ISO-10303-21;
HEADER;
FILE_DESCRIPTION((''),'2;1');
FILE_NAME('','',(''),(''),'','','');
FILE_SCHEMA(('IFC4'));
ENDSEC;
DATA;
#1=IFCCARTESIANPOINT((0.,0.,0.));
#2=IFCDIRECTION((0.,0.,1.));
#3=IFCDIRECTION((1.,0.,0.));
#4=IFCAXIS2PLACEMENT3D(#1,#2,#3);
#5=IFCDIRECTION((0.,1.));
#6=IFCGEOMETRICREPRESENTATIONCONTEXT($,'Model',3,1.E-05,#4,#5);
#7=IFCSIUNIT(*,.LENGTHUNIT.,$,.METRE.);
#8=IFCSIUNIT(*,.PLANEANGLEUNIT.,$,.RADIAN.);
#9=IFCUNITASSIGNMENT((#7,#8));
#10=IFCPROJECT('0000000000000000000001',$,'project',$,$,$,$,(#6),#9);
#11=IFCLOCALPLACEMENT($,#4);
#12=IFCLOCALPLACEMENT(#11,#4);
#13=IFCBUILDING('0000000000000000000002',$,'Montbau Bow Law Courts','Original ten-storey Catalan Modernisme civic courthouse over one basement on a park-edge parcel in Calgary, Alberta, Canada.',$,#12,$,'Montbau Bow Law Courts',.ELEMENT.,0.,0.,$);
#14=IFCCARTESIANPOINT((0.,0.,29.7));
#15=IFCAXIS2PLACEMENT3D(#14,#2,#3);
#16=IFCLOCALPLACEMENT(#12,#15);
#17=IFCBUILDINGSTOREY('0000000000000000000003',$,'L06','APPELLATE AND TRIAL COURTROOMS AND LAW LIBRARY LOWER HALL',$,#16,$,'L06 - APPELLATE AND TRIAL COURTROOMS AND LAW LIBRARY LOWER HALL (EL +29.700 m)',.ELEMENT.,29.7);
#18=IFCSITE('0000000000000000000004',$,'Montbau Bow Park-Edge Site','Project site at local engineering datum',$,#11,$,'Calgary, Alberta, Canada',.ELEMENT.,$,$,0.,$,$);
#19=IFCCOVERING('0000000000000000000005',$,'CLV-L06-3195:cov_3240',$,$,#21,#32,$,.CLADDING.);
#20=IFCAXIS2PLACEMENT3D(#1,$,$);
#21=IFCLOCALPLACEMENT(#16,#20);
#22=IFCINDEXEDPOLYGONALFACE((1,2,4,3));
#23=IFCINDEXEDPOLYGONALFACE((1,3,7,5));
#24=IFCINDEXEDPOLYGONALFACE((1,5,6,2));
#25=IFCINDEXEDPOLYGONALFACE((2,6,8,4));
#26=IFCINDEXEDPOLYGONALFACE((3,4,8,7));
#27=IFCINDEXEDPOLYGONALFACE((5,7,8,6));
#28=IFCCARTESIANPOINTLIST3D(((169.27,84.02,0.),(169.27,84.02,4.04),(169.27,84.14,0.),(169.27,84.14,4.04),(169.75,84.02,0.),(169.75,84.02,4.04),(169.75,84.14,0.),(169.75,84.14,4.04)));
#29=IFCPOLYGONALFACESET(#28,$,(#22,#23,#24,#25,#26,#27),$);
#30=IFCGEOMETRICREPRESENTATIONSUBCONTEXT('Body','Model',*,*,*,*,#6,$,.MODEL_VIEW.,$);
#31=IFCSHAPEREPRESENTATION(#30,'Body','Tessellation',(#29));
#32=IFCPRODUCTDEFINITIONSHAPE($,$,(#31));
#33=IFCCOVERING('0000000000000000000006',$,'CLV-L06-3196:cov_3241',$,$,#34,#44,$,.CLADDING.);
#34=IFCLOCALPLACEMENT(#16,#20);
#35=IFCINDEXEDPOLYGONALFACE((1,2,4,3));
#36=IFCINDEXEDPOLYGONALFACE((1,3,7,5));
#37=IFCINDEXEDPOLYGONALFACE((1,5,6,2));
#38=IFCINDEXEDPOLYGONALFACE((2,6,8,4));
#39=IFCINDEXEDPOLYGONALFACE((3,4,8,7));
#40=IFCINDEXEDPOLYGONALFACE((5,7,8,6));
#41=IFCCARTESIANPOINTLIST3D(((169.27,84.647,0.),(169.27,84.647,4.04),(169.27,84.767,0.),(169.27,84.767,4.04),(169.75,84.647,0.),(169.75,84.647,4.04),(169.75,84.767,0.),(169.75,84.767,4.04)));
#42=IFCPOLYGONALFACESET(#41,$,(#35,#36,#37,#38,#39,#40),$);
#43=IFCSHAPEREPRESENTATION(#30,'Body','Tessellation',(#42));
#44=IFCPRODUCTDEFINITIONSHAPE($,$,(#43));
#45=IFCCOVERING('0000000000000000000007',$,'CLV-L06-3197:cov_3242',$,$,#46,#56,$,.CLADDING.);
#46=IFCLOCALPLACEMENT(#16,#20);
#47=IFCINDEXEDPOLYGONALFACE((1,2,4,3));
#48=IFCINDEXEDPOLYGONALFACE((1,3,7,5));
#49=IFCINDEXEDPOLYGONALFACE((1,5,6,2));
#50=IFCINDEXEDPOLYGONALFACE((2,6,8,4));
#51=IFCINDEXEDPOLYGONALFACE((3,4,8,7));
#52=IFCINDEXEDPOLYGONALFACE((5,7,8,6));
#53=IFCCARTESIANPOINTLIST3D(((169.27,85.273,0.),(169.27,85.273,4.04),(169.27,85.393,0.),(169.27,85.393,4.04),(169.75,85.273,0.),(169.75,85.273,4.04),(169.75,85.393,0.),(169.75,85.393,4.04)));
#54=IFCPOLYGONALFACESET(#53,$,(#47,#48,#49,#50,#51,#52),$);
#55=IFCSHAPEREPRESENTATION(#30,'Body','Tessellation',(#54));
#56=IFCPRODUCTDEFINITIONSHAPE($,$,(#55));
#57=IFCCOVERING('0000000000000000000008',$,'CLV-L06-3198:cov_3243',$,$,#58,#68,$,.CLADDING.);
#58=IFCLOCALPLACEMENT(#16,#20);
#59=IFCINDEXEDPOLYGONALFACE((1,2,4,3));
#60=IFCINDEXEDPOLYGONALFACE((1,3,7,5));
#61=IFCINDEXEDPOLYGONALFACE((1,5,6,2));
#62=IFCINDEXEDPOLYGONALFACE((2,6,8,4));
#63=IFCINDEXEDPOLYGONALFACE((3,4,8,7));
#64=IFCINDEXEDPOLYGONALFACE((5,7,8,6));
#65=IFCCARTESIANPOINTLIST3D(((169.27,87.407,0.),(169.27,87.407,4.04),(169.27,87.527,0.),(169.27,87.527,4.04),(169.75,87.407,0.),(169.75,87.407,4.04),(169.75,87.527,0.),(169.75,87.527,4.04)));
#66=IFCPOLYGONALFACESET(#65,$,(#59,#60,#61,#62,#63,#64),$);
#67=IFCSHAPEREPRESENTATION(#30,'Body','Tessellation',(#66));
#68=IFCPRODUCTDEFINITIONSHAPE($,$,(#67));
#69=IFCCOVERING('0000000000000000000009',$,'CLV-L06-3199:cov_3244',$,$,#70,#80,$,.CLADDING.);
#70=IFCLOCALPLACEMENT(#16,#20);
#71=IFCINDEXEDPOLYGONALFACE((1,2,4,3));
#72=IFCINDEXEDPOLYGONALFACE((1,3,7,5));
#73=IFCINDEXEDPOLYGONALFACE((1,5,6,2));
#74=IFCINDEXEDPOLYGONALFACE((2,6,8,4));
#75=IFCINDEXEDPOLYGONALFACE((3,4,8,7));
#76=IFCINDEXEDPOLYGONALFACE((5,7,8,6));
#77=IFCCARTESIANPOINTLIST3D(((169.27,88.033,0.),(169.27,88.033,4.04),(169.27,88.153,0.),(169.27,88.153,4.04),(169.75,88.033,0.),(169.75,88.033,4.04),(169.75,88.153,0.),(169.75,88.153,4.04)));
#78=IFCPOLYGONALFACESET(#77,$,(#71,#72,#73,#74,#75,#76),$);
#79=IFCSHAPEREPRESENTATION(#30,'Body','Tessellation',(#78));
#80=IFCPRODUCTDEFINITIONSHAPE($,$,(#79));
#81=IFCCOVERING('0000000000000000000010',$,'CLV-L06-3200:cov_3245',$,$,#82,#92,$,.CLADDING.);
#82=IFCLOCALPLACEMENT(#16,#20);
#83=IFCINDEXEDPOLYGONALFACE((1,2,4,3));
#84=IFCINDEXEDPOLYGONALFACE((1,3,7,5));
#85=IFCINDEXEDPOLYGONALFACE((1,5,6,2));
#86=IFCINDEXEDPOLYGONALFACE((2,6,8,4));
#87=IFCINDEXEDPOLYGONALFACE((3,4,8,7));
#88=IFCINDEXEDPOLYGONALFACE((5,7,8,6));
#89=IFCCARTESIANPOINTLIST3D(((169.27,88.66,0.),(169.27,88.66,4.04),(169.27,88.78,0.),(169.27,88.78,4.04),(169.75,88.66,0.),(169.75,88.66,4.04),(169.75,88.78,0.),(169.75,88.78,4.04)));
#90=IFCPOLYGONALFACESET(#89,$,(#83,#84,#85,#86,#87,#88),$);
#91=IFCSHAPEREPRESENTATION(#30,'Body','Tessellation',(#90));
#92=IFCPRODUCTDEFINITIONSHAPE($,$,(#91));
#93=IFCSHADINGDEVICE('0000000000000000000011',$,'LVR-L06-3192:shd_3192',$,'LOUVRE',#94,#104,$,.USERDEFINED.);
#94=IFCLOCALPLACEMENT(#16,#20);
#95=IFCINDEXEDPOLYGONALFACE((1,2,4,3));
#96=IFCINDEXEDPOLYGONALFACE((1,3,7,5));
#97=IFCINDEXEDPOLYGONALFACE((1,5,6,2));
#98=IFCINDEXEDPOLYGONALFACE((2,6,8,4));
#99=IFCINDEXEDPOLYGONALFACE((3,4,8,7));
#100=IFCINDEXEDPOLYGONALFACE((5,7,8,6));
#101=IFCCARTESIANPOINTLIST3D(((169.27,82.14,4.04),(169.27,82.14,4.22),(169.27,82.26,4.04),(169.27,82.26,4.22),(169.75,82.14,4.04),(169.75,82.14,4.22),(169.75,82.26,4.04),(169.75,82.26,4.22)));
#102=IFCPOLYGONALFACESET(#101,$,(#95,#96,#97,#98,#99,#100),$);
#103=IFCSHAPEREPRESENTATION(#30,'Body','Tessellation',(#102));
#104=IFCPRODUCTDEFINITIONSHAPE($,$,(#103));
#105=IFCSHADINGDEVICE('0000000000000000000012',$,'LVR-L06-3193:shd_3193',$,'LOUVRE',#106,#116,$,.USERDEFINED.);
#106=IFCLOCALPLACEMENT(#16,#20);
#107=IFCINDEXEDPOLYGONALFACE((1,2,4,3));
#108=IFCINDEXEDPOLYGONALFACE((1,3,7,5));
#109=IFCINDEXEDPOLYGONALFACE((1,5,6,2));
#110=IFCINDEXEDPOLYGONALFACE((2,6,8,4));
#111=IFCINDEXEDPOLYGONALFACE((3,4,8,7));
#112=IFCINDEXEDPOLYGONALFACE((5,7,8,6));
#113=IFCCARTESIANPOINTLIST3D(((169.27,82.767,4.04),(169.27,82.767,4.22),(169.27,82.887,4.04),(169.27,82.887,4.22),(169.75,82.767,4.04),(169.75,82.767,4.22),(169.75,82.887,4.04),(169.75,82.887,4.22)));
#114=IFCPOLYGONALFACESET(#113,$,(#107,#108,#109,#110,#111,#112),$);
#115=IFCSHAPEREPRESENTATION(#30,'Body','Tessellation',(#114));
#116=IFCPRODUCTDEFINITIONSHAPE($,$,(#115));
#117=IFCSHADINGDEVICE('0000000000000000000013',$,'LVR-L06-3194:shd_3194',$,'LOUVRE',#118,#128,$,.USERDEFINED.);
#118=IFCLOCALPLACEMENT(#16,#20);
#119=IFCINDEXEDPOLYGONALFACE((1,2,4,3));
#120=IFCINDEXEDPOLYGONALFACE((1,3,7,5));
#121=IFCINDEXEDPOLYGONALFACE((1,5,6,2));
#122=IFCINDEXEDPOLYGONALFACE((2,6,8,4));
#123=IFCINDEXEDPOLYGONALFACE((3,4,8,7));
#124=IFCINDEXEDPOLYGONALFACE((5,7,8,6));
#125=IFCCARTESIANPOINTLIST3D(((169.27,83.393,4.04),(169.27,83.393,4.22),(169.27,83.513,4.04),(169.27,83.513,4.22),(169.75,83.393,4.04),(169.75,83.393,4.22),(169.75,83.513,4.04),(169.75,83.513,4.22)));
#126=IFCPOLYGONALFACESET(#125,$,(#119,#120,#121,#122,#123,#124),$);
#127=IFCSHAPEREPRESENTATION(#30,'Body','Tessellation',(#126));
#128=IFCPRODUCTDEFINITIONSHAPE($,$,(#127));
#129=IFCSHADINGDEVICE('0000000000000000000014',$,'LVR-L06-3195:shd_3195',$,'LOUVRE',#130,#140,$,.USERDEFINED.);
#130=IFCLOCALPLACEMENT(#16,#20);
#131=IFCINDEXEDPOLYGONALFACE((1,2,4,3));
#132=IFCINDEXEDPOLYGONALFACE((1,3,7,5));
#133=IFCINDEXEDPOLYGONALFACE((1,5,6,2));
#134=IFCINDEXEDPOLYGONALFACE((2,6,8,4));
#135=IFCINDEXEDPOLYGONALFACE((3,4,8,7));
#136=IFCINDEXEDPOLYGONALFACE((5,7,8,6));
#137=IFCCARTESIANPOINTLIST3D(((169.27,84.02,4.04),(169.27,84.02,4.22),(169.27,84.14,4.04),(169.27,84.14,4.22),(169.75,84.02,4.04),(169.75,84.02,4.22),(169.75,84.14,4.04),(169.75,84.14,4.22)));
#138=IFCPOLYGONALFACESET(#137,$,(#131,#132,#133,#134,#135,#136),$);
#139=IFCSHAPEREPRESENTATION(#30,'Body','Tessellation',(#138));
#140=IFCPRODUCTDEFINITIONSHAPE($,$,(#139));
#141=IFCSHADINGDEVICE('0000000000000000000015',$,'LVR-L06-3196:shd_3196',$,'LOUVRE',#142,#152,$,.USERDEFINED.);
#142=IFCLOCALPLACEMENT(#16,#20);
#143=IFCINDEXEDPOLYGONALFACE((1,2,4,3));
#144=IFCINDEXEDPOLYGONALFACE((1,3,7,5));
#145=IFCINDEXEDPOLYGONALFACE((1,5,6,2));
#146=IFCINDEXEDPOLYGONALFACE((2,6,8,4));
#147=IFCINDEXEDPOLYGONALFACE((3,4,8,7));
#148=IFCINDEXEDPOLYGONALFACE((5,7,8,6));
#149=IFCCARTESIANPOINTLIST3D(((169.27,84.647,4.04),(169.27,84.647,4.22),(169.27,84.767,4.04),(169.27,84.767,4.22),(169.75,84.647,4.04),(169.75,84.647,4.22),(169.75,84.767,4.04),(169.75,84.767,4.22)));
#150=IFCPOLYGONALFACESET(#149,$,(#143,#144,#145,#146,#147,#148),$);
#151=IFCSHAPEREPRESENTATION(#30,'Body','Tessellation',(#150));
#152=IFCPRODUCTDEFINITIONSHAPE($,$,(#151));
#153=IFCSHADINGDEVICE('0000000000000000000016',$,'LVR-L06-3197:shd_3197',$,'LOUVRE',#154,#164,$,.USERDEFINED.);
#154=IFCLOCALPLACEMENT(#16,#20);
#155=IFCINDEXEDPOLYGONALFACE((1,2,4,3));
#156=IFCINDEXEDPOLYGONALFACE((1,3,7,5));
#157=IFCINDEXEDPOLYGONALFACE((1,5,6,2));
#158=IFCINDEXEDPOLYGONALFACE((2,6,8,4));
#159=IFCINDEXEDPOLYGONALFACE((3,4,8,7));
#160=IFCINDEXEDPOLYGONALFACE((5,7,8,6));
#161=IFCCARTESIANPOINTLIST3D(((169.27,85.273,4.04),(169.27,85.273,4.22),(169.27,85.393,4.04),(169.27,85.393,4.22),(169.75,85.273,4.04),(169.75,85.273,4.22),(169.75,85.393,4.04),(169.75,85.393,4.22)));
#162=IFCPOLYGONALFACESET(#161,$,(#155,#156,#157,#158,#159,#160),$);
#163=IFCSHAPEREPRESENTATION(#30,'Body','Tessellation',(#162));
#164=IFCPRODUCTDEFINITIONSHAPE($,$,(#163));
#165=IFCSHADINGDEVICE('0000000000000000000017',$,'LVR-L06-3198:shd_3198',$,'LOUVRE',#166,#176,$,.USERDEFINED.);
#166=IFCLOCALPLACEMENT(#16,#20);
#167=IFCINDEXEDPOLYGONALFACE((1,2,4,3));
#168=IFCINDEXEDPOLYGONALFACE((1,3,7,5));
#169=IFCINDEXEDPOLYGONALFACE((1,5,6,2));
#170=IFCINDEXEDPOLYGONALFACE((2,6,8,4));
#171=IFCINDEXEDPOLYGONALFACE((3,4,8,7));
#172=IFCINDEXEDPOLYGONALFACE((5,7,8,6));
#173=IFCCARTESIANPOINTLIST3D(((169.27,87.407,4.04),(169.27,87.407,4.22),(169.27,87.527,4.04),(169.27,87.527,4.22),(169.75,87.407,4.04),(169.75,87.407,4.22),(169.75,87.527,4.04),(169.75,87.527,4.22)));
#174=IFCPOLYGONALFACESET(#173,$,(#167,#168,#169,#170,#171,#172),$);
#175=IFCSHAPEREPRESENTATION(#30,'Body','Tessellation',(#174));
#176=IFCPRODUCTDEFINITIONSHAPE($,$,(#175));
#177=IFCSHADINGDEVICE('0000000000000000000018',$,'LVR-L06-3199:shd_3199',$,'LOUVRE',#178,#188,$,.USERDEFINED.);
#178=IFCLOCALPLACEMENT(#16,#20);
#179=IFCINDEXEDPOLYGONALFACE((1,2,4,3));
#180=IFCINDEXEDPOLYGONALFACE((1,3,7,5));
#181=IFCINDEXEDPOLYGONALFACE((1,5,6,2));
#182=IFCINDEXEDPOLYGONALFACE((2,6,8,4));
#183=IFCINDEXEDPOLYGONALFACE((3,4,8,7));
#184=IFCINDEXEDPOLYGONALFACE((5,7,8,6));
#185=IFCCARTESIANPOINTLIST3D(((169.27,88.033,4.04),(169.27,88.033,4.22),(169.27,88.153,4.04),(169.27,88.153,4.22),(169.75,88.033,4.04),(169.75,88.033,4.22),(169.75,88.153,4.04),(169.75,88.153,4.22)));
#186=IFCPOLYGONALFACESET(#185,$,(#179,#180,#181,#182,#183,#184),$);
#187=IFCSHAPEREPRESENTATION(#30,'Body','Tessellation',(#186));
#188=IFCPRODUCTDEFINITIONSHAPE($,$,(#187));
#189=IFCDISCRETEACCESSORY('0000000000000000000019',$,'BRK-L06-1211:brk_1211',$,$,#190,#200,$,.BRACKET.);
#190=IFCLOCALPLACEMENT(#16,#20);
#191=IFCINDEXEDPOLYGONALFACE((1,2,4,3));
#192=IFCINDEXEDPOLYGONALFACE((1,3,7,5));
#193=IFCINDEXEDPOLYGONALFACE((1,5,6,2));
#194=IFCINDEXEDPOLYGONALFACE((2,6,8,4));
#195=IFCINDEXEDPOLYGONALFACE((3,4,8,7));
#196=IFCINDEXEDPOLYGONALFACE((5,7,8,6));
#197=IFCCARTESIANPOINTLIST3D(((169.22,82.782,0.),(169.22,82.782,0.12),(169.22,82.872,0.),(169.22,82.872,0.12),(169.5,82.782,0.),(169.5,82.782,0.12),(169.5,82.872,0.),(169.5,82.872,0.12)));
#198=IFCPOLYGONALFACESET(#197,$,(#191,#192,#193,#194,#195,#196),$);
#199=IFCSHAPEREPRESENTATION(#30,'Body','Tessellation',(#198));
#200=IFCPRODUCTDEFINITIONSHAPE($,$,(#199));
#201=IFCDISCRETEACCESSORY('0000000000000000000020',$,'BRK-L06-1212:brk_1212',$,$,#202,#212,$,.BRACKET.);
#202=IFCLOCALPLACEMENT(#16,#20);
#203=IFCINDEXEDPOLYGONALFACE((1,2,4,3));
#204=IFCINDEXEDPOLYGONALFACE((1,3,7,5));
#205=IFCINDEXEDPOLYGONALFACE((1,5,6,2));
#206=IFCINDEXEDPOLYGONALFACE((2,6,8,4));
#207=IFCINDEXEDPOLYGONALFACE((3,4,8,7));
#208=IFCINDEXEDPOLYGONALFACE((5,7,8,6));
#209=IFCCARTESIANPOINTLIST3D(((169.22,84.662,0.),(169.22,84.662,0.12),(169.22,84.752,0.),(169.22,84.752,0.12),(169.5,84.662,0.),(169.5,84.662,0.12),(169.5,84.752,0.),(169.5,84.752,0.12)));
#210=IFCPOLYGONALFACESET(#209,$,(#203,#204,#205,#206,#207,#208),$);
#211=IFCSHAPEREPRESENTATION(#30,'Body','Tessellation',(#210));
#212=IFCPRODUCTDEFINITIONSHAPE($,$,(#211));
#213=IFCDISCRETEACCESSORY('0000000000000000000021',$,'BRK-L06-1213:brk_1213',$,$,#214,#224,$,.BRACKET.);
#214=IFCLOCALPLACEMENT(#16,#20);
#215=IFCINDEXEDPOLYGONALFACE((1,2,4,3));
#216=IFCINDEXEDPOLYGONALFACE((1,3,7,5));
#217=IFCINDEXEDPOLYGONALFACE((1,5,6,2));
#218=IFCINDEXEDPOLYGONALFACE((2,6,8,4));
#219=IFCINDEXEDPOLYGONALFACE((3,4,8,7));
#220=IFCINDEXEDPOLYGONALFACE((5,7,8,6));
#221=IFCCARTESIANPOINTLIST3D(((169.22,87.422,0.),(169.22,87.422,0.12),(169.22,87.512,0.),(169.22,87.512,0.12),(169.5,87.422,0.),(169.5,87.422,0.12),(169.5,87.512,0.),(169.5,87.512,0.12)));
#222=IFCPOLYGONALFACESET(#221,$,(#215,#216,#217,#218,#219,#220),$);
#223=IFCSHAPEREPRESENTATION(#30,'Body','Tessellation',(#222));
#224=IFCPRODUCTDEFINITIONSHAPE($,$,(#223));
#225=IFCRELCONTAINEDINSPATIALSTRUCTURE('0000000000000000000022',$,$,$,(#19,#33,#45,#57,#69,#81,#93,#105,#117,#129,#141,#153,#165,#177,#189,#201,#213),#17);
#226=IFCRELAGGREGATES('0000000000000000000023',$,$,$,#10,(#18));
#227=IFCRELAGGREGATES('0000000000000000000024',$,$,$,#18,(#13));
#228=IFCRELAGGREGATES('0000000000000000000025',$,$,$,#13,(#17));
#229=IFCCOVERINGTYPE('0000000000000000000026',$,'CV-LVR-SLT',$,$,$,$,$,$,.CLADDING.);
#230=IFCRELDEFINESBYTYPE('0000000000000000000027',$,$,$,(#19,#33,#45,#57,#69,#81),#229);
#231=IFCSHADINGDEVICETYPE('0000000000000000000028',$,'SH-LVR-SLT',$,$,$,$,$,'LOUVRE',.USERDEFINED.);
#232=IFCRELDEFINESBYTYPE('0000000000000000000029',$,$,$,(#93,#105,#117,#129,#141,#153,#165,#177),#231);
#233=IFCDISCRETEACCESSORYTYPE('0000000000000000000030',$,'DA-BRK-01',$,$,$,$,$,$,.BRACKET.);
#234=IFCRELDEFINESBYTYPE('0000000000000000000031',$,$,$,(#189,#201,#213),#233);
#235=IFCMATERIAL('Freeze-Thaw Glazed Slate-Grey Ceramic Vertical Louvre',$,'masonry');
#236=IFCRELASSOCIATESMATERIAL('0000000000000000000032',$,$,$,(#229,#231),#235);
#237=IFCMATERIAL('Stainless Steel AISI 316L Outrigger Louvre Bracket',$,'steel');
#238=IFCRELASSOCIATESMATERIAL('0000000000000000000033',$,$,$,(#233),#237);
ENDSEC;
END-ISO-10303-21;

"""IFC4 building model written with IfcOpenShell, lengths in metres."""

from ifc_helpers import new_model, si_unit, direction, frame, frame_2d, origin_with_axes, origin_2d_with_axis, place, context, subcontext, project, spatial, rectangle, extrude, material, type_object, element, save


model = new_model("IFC4")

# Units and contexts
model_context = context("Model", 3, precision=1e-05, world=origin_with_axes(), true_north=direction((0.0, 1.0)))
body_context = subcontext(model_context, "Body", "Model", "MODEL_VIEW")
ifc_project = project(units=[si_unit("LENGTHUNIT", "METRE"), si_unit("PLANEANGLEUNIT", "RADIAN")], contexts=[model_context])

# Site, building, storey
site_placement = place(None, origin_with_axes())
site = spatial("IfcSite", under=ifc_project, at=site_placement, Name="Montbau Bow Park-Edge Site", Description="Project site at local engineering datum", LongName="Calgary, Alberta, Canada", CompositionType="ELEMENT", RefElevation=0.0)
building_placement = place(site_placement, origin_with_axes())
building = spatial("IfcBuilding", under=site, at=building_placement, Name="Montbau Bow Law Courts", Description="Original ten-storey Catalan Modernisme civic courthouse over one basement on a park-edge parcel in Calgary, Alberta, Canada.", LongName="Montbau Bow Law Courts", CompositionType="ELEMENT", ElevationOfRefHeight=0.0, ElevationOfTerrain=0.0)
storey_placement = place(building_placement, frame((0.0, 0.0, 29.7), z_axis=(0.0, 0.0, 1.0), x_axis=(1.0, 0.0, 0.0)))
storey = spatial("IfcBuildingStorey", under=building, at=storey_placement, Name="L06", Description="APPELLATE AND TRIAL COURTROOMS AND LAW LIBRARY LOWER HALL", LongName="L06 - APPELLATE AND TRIAL COURTROOMS AND LAW LIBRARY LOWER HALL (EL +29.700 m)", CompositionType="ELEMENT", Elevation=29.7)

# Coverings
ifc_material_1 = material(Name="Freeze-Thaw Glazed Slate-Grey Ceramic Vertical Louvre", Category="masonry")
covering_type = type_object("IfcCoveringType", Name="CV-LVR-SLT", PredefinedType="CLADDING", material=ifc_material_1)
for number, where, z_axis, x_axis, name in (
    (1, (169.27, 84.08, 29.7), (0.0, -1.0, 0.0), (1.0, 0.0, 0.0), "CLV-L06-3195:cov_3240"),
    (2, (169.27, 84.707, 29.7), (0.0, -1.0, 0.0), (1.0, 0.0, 0.0), "CLV-L06-3196:cov_3241"),
    (3, (169.27, 85.333, 29.7), (0.0, -1.0, 0.0), (1.0, 0.0, 0.0), "CLV-L06-3197:cov_3242"),
    (4, (169.27, 87.467, 29.7), (0.0, -1.0, 0.0), (1.0, 0.0, 0.0), "CLV-L06-3198:cov_3243"),
    (5, (169.27, 88.093, 29.7), (0.0, -1.0, 0.0), (1.0, 0.0, 0.0), "CLV-L06-3199:cov_3244"),
    (6, (169.27, 88.72, 29.7), (0.0, -1.0, 0.0), (1.0, 0.0, 0.0), "CLV-L06-3200:cov_3245"),
):
    element("IfcCovering", number, at=place(None, frame(where, z_axis=z_axis, x_axis=x_axis)), inside=storey, type_object=covering_type, Name=name, PredefinedType="CLADDING", context=body_context, shape_type="SweptSolid", body=[
        extrude(rectangle(XDim=0.48, YDim=4.04, at=frame_2d((0.24, 2.02), x_axis=(1.0, 0.0))), frame((0.0, 0.0, -0.06), z_axis=(0.0, 0.0, 1.0), x_axis=(1.0, 0.0, 0.0)), (0.0, 0.0, 1.0), 0.12),
    ])

# Shading devices
shading_device_type = type_object("IfcShadingDeviceType", Name="SH-LVR-SLT", ElementType="LOUVRE", PredefinedType="USERDEFINED", material=ifc_material_1)
for number, where, z_axis, x_axis, name in (
    (7, (169.51, 82.2, 33.74), (0.0, 0.0, 1.0), (1.0, 0.0, 0.0), "LVR-L06-3192:shd_3192"),
    (8, (169.51, 82.827, 33.74), (0.0, 0.0, 1.0), (1.0, 0.0, 0.0), "LVR-L06-3193:shd_3193"),
    (9, (169.51, 83.453, 33.74), (0.0, 0.0, 1.0), (1.0, 0.0, 0.0), "LVR-L06-3194:shd_3194"),
    (10, (169.51, 84.08, 33.74), (0.0, 0.0, 1.0), (1.0, 0.0, 0.0), "LVR-L06-3195:shd_3195"),
    (11, (169.51, 84.707, 33.74), (0.0, 0.0, 1.0), (1.0, 0.0, 0.0), "LVR-L06-3196:shd_3196"),
    (12, (169.51, 85.333, 33.74), (0.0, 0.0, 1.0), (1.0, 0.0, 0.0), "LVR-L06-3197:shd_3197"),
    (13, (169.51, 87.467, 33.74), (0.0, 0.0, 1.0), (1.0, 0.0, 0.0), "LVR-L06-3198:shd_3198"),
    (14, (169.51, 88.093, 33.74), (0.0, 0.0, 1.0), (1.0, 0.0, 0.0), "LVR-L06-3199:shd_3199"),
):
    element("IfcShadingDevice", number, at=place(None, frame(where, z_axis=z_axis, x_axis=x_axis)), inside=storey, type_object=shading_device_type, Name=name, ObjectType="LOUVRE", PredefinedType="USERDEFINED", context=body_context, shape_type="SweptSolid", body=[
        extrude(rectangle(XDim=0.48, YDim=0.12, at=origin_2d_with_axis()), origin_with_axes(), (0.0, 0.0, 1.0), 0.18),
    ])

# Discrete accessories
ifc_material_2 = material(Name="Stainless Steel AISI 316L Outrigger Louvre Bracket", Category="steel")
discrete_accessory_type = type_object("IfcDiscreteAccessoryType", Name="DA-BRK-01", PredefinedType="BRACKET", material=ifc_material_2)
for number, where, z_axis, x_axis, name in (
    (15, (169.36, 82.827, 29.7), (0.0, 0.0, 1.0), (1.0, 0.0, 0.0), "BRK-L06-1211:brk_1211"),
    (16, (169.36, 84.707, 29.7), (0.0, 0.0, 1.0), (1.0, 0.0, 0.0), "BRK-L06-1212:brk_1212"),
    (17, (169.36, 87.467, 29.7), (0.0, 0.0, 1.0), (1.0, 0.0, 0.0), "BRK-L06-1213:brk_1213"),
):
    element("IfcDiscreteAccessory", number, at=place(None, frame(where, z_axis=z_axis, x_axis=x_axis)), inside=storey, type_object=discrete_accessory_type, Name=name, PredefinedType="BRACKET", context=body_context, shape_type="SweptSolid", body=[
        extrude(rectangle(XDim=0.28, YDim=0.09, at=origin_2d_with_axis()), origin_with_axes(), (0.0, 0.0, 1.0), 0.12),
    ])

save(model, "model.ifc")
